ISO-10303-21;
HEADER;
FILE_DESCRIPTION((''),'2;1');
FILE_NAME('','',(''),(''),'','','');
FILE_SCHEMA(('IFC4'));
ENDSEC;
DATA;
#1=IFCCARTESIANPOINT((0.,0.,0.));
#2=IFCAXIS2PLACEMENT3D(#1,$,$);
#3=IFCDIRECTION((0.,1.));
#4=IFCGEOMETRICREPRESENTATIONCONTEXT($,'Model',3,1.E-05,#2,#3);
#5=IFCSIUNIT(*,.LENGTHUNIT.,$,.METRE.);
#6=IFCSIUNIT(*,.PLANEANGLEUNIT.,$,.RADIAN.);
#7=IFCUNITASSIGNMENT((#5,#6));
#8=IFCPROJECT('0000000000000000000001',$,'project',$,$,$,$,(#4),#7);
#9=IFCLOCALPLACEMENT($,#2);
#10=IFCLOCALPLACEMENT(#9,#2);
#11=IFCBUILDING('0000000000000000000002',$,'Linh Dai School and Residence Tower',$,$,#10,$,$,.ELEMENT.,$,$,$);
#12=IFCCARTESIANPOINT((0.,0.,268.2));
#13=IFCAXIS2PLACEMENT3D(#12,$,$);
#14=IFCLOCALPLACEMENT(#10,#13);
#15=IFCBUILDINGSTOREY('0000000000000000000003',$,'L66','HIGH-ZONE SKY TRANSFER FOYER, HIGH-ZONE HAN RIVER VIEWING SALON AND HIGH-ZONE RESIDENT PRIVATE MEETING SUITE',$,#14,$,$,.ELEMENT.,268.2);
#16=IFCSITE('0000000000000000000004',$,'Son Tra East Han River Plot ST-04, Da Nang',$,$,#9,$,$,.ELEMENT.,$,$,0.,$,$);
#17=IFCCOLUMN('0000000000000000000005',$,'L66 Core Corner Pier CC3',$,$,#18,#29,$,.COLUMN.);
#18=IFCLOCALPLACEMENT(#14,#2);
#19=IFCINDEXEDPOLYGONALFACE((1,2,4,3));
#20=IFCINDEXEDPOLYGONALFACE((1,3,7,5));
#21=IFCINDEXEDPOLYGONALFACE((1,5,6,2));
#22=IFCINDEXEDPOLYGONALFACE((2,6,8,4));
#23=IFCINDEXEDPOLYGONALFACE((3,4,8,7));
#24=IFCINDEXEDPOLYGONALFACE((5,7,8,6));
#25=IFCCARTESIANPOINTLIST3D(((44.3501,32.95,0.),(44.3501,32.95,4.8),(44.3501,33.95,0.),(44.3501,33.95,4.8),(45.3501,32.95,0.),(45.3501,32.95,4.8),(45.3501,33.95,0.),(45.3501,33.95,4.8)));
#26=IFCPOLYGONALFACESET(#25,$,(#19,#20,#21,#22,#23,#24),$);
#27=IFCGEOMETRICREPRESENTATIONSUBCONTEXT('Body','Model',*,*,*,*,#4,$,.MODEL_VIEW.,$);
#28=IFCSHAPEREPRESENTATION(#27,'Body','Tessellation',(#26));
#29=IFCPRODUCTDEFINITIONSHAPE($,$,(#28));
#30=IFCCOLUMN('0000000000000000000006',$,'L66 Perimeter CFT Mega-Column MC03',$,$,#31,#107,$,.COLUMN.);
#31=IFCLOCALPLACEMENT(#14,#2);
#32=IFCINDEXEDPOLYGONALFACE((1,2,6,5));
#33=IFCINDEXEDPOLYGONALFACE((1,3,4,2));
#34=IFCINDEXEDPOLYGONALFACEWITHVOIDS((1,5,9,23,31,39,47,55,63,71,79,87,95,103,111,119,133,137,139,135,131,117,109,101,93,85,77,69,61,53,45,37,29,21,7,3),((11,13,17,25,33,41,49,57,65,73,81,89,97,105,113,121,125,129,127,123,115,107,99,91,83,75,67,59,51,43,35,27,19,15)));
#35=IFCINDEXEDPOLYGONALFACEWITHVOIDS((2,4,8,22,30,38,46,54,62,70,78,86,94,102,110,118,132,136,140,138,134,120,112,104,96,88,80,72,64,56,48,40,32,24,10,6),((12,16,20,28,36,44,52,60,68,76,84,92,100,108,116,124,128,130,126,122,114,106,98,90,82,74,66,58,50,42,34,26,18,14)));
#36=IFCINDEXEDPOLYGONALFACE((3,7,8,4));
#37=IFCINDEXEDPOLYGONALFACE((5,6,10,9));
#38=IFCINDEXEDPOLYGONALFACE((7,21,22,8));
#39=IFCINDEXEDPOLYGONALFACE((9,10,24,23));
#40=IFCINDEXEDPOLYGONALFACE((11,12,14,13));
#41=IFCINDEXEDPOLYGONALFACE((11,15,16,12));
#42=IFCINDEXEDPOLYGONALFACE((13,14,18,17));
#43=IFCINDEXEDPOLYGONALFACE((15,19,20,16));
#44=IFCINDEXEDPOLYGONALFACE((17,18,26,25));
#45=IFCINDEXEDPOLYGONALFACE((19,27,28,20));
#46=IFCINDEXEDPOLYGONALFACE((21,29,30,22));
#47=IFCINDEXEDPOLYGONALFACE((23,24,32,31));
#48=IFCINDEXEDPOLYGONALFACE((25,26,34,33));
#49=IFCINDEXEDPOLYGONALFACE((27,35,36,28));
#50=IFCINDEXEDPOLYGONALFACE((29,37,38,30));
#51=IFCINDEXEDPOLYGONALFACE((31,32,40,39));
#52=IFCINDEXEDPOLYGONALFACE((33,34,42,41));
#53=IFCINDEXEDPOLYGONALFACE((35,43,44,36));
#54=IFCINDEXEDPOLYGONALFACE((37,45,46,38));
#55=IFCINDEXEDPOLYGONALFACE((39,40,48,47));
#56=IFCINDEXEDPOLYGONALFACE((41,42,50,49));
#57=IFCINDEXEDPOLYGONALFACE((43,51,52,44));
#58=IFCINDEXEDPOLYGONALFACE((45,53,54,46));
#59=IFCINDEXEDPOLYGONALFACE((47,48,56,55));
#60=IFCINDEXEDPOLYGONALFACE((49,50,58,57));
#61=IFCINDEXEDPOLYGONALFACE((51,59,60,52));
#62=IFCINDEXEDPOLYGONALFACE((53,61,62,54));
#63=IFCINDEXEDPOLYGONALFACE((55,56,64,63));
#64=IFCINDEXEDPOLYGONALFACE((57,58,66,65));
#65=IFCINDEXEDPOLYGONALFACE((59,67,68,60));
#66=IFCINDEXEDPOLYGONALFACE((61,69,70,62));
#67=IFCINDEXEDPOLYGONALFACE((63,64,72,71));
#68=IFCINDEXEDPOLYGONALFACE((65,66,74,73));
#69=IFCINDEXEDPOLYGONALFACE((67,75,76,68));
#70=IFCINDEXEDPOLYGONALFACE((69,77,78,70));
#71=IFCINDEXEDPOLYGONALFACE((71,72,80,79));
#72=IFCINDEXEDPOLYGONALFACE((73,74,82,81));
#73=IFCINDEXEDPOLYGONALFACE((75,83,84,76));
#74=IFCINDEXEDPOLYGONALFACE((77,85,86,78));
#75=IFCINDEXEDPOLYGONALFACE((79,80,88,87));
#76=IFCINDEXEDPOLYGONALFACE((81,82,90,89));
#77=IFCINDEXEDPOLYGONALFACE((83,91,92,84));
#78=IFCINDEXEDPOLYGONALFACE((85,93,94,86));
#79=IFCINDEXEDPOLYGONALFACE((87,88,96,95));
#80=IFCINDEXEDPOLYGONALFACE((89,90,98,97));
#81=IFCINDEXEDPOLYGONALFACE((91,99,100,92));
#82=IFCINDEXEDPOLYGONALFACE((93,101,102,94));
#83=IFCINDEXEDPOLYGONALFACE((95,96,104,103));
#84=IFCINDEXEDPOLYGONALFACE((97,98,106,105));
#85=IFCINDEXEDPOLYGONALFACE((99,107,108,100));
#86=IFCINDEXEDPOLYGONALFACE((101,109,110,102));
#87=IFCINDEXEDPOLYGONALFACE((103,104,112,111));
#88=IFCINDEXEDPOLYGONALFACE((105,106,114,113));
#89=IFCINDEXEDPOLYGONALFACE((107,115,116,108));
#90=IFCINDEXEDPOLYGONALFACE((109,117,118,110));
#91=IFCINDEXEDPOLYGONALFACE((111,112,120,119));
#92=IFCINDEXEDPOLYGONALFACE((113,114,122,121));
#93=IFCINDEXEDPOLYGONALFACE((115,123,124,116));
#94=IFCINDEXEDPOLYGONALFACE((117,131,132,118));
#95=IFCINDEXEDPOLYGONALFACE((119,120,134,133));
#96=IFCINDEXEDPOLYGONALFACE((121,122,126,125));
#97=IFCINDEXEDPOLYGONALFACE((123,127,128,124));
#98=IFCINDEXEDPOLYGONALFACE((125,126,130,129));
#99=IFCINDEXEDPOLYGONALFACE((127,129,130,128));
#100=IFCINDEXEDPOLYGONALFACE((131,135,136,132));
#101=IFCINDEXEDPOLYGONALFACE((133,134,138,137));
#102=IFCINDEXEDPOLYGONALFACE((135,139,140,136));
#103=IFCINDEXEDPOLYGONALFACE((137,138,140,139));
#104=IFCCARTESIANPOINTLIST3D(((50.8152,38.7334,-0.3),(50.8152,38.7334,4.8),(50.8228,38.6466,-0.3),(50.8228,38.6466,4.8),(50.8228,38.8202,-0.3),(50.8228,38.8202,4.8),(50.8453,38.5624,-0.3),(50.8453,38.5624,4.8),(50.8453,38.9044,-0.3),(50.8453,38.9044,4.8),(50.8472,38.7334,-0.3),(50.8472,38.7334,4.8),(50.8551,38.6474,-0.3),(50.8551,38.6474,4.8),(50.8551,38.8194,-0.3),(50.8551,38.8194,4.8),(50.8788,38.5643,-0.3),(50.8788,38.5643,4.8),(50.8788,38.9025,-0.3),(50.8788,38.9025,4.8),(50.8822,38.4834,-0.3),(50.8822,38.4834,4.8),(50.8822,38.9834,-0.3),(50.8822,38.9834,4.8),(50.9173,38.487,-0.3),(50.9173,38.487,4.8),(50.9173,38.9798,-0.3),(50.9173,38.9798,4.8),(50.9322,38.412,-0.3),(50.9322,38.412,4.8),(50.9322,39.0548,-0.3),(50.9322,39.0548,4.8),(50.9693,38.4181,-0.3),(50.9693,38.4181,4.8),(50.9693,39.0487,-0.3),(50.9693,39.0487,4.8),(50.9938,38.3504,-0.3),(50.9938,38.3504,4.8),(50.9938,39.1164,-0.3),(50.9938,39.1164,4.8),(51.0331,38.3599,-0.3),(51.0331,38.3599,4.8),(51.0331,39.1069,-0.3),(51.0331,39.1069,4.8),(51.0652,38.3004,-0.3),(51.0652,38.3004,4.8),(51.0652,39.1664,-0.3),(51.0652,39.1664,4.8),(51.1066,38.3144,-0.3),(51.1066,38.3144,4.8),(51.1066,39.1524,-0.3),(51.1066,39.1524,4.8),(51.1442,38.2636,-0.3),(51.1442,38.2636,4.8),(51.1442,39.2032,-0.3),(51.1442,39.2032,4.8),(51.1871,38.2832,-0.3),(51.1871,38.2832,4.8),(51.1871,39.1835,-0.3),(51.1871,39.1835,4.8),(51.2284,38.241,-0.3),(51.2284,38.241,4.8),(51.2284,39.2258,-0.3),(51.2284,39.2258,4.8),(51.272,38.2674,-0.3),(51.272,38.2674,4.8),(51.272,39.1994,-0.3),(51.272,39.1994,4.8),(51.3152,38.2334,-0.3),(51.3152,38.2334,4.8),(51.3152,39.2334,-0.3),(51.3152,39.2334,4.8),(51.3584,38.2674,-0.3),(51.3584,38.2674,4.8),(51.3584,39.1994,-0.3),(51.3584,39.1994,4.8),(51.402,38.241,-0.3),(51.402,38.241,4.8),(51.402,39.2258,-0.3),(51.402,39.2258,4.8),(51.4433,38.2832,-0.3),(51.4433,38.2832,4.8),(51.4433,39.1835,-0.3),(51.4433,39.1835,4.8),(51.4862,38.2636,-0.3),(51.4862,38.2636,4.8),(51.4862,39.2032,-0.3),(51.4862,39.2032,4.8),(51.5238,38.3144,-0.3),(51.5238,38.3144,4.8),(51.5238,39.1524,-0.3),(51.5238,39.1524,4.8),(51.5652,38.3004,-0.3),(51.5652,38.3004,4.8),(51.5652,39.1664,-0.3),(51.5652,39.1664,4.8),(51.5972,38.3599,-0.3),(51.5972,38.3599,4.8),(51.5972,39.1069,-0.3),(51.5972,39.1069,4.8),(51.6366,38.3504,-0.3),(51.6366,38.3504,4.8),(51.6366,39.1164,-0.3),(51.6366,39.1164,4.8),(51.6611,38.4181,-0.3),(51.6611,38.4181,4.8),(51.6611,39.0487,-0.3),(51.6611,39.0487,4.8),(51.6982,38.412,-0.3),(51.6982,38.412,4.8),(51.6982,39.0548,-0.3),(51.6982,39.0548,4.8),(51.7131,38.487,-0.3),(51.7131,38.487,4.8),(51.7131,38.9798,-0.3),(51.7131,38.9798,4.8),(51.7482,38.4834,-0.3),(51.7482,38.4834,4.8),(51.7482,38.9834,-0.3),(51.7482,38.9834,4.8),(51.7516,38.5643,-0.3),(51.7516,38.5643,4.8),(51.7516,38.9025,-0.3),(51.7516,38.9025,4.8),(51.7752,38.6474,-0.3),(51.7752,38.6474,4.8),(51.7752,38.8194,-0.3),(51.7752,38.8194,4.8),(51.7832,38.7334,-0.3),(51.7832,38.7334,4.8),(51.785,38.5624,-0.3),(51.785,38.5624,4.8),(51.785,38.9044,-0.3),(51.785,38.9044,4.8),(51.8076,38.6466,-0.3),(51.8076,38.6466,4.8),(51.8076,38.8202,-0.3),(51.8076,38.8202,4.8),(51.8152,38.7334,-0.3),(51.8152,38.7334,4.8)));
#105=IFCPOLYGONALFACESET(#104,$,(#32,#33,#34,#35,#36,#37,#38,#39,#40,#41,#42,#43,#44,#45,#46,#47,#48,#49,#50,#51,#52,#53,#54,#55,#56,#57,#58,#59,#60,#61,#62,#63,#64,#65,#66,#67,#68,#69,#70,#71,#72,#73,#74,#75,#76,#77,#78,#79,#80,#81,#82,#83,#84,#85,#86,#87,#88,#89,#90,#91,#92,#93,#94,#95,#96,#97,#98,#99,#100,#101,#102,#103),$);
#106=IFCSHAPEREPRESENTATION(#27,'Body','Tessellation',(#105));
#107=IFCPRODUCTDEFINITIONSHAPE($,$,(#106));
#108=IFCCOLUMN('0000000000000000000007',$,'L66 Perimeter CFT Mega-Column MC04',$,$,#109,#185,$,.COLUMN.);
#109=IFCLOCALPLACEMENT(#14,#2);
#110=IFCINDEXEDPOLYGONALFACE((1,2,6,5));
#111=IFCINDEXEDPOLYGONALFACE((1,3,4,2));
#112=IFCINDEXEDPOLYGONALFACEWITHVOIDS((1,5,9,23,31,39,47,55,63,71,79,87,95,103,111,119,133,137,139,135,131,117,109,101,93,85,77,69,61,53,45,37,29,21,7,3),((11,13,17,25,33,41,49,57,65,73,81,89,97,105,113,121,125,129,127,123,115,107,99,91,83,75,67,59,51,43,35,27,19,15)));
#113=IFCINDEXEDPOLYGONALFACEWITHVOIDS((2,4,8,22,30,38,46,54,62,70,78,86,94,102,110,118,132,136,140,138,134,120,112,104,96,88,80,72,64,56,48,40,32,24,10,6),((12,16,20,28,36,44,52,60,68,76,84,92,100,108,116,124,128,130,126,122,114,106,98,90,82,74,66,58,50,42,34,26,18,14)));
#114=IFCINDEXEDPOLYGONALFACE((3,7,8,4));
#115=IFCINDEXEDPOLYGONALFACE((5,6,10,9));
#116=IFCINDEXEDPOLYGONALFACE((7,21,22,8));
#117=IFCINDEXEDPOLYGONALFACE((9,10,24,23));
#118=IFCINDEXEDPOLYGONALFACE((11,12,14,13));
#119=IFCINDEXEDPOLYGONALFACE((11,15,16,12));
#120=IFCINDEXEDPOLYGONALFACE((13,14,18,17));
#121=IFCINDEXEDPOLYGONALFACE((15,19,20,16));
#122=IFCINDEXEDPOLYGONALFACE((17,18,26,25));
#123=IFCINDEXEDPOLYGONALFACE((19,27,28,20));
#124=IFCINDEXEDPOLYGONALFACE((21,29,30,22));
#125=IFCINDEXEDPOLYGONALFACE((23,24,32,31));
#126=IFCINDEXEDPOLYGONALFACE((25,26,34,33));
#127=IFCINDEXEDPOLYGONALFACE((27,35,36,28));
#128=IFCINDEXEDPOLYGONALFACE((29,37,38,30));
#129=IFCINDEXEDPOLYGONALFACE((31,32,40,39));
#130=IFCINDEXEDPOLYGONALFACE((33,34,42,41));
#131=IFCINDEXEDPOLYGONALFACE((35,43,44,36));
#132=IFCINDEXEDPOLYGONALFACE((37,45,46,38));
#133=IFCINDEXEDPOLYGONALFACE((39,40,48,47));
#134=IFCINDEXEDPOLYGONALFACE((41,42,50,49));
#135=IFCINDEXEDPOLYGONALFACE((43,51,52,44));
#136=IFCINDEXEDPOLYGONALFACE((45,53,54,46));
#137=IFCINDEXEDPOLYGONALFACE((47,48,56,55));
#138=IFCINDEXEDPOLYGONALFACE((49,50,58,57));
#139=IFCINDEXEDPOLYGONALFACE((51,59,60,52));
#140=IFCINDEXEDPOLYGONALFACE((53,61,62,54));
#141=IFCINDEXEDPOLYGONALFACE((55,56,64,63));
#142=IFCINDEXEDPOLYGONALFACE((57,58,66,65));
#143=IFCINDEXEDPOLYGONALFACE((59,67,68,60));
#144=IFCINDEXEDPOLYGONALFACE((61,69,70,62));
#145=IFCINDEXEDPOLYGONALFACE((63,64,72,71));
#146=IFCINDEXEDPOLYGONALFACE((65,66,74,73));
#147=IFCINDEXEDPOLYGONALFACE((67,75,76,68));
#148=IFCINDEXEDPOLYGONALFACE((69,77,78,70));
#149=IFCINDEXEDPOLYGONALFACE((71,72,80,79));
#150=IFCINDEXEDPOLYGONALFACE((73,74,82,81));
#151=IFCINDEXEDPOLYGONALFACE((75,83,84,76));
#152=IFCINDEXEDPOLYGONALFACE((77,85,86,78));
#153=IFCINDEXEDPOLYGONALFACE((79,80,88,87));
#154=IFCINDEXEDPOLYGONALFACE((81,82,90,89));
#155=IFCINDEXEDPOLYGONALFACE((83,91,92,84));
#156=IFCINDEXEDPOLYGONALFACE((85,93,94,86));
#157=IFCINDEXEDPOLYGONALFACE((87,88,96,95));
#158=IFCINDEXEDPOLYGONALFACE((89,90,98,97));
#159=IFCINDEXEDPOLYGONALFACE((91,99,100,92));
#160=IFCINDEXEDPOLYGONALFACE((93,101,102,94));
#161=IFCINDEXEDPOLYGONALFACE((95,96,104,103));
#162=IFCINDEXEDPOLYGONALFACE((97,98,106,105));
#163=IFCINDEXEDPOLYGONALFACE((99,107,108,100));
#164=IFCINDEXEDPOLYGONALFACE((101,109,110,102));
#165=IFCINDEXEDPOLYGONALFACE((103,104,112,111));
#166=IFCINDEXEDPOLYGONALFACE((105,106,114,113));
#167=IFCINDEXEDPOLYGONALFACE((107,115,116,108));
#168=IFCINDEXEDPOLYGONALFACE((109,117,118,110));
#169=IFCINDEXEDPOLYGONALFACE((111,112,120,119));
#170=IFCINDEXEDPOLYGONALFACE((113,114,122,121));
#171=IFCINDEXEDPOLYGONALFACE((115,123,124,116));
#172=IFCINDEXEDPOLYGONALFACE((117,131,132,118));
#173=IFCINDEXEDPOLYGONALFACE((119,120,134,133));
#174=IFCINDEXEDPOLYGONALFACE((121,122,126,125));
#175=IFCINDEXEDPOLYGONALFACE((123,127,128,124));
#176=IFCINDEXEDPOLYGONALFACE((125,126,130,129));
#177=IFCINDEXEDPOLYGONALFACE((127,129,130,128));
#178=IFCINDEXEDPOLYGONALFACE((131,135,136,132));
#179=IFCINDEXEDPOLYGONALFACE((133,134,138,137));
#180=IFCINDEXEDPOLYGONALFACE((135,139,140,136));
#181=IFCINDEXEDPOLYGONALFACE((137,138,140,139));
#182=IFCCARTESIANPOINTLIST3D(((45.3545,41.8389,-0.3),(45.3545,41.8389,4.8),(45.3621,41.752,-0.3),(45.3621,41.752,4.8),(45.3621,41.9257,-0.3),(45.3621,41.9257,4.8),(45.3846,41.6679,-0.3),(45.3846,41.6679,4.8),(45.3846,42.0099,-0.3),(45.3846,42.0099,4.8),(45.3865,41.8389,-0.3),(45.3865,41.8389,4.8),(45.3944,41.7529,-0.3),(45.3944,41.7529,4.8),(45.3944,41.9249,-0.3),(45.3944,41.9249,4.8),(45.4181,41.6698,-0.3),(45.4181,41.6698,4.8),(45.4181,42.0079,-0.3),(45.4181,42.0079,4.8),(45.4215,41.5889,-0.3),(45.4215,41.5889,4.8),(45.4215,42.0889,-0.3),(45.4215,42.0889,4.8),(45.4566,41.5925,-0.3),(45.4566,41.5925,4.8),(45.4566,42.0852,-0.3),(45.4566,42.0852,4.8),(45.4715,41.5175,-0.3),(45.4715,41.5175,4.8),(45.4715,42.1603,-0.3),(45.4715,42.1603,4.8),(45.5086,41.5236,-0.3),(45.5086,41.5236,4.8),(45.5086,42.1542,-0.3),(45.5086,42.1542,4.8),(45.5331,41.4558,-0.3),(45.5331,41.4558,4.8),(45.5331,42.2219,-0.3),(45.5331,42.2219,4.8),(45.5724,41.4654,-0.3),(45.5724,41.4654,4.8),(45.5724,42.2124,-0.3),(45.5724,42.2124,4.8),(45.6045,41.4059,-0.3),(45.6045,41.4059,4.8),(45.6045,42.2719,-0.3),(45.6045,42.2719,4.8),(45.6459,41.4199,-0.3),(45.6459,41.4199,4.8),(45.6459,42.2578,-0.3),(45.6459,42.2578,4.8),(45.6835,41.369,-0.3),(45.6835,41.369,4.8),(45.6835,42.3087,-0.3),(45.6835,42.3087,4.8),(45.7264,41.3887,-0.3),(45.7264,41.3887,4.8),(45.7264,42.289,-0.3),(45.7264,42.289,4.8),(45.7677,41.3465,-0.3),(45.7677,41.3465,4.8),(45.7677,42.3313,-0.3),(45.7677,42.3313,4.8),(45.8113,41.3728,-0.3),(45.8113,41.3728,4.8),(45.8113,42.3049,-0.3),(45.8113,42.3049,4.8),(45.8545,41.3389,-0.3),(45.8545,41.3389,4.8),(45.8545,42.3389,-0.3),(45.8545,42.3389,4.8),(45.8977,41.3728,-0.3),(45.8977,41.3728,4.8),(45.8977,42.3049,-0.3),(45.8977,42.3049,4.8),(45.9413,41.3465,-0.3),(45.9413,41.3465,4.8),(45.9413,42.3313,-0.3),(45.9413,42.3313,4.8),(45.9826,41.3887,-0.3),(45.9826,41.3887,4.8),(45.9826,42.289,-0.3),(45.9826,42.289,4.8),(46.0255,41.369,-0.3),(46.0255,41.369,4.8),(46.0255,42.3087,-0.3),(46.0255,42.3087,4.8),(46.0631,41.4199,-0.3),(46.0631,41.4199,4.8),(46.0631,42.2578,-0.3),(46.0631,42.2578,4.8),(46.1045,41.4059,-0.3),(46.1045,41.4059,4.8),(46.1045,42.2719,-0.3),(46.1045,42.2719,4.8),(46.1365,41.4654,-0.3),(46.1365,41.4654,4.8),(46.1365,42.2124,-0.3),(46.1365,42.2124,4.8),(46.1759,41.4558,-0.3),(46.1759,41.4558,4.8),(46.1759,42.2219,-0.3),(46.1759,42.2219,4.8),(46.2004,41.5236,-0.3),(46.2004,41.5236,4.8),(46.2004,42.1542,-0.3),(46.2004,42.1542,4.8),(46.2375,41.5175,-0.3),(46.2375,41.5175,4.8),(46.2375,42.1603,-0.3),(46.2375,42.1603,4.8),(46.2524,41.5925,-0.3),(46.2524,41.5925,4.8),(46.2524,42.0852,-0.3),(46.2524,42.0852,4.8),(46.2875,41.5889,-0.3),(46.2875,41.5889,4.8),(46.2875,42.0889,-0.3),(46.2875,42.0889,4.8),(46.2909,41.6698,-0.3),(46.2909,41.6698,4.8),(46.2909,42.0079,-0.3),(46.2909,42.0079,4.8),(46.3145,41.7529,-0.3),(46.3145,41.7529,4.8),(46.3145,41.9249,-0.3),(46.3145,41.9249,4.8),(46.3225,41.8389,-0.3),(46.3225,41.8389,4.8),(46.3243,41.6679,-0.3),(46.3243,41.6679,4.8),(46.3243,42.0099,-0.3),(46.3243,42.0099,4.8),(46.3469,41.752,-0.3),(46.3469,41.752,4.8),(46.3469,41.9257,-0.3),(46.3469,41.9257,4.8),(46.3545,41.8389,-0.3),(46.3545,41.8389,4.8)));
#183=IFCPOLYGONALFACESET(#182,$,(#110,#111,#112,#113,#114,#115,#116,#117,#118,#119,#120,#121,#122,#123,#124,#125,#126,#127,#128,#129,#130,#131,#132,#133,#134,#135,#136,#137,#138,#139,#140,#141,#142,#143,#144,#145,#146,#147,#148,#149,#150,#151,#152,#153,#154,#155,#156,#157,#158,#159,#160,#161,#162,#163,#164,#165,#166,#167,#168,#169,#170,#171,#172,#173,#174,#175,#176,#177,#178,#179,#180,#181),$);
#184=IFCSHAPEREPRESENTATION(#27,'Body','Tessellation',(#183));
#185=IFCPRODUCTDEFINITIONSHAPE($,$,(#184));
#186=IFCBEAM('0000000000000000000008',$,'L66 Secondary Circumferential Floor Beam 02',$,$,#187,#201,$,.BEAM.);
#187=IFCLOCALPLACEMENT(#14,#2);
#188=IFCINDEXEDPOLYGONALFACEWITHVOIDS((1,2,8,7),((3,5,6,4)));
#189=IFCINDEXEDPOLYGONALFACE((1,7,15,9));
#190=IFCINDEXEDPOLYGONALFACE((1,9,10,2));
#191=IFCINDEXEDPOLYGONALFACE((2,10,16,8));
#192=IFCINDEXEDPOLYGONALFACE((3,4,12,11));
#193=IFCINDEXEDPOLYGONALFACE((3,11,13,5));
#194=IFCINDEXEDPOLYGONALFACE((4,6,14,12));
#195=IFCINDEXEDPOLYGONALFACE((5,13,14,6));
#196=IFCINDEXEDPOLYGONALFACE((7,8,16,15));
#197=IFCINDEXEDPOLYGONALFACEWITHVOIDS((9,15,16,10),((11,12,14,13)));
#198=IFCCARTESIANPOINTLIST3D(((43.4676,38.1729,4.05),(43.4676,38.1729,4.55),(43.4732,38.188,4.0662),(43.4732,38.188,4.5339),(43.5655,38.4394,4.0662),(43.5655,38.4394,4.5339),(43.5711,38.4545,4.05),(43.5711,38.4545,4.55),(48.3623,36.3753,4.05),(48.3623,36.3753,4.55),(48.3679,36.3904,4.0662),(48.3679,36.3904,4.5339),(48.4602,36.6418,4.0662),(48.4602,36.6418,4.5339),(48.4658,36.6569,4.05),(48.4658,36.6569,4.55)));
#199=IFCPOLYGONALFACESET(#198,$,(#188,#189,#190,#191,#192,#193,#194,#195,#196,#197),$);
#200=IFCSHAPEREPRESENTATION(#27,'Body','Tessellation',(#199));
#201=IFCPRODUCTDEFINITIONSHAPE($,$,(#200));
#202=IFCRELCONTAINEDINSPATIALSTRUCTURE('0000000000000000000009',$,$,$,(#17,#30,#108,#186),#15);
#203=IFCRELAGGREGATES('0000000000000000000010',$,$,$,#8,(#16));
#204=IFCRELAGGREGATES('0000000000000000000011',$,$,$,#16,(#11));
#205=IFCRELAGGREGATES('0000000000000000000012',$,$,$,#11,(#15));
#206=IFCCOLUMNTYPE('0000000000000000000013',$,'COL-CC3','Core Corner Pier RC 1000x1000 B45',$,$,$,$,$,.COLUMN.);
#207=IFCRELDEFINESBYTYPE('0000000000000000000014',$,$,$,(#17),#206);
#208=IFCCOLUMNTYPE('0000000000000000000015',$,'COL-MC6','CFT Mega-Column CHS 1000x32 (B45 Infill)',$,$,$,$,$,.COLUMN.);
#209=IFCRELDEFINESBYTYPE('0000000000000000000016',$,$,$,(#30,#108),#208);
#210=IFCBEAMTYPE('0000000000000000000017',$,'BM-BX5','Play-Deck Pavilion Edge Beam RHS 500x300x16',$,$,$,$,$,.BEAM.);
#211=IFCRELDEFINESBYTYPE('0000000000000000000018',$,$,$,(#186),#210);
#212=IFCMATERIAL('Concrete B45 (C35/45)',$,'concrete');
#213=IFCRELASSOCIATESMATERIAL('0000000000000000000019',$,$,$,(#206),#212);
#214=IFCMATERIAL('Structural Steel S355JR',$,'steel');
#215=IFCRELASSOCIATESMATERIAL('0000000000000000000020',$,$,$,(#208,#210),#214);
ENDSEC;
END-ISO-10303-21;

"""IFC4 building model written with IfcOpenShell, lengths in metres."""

from ifc_helpers import new_model, si_unit, direction, frame, origin, origin_2d, place, context, subcontext, project, spatial, rectangle, hollow_rectangle, hollow_circle, extrude, material, material_profile, profile_set, type_object, element, save


model = new_model("IFC4")

# Units and contexts
model_context = context("Model", 3, precision=1e-05, world=origin(), true_north=direction((0.0, 1.0)))
body_context = subcontext(model_context, "Body", "Model", "MODEL_VIEW")
ifc_project = project(units=[si_unit("LENGTHUNIT", "METRE"), si_unit("PLANEANGLEUNIT", "RADIAN")], contexts=[model_context])

# Site, building, storey
site_placement = place(None, origin())
site = spatial("IfcSite", under=ifc_project, at=site_placement, Name="Son Tra East Han River Plot ST-04, Da Nang", CompositionType="ELEMENT", RefElevation=0.0)
building_placement = place(site_placement, origin())
building = spatial("IfcBuilding", under=site, at=building_placement, Name="Linh Dai School and Residence Tower", CompositionType="ELEMENT")
storey_placement = place(building_placement, frame((0.0, 0.0, 268.2)))
storey = spatial("IfcBuildingStorey", under=building, at=storey_placement, Name="L66", Description="HIGH-ZONE SKY TRANSFER FOYER, HIGH-ZONE HAN RIVER VIEWING SALON AND HIGH-ZONE RESIDENT PRIVATE MEETING SUITE", CompositionType="ELEMENT", Elevation=268.2)

# Columns
ifc_material_1 = material(Name="Concrete B45 (C35/45)", Category="concrete")
ifc_material_profile_1 = material_profile(ifc_material_1, rectangle(XDim=1.0, YDim=1.0, at=origin_2d()), Name="RC 1000x1000")
ifc_profile_set_1 = profile_set([ifc_material_profile_1], Name="Concrete B45 (C35/45)")
column_type_1 = type_object("IfcColumnType", Name="COL-CC3", Description="Core Corner Pier RC 1000x1000 B45", PredefinedType="COLUMN", material=ifc_profile_set_1)
column_placement = place(storey_placement, frame((44.8501, 33.45, 0.0), z_axis=(0.0, 0.0, 1.0), x_axis=(1.0, 0.0, 0.0)))
element("IfcColumn", 1, at=column_placement, inside=storey, type_object=column_type_1, Name="L66 Core Corner Pier CC3", PredefinedType="COLUMN", context=body_context, shape_type="SweptSolid", body=[
    extrude(rectangle(XDim=1.0, YDim=1.0, at=origin_2d()), origin(), (0.0, 0.0, 1.0), 4.8),
])
ifc_material_2 = material(Name="Structural Steel S355JR", Category="steel")
ifc_material_profile_2 = material_profile(ifc_material_2, hollow_circle(Radius=0.5, WallThickness=0.032, at=origin_2d()), Name="CHS 1000x32")
ifc_profile_set_2 = profile_set([ifc_material_profile_2], Name="Structural Steel S355JR")
column_type_2 = type_object("IfcColumnType", Name="COL-MC6", Description="CFT Mega-Column CHS 1000x32 (B45 Infill)", PredefinedType="COLUMN", material=ifc_profile_set_2)
for number, where, z_axis, x_axis, name in (
    (2, (51.3152, 38.7334, -0.3), (0.0, 0.0, 1.0), (1.0, 0.0, 0.0), "L66 Perimeter CFT Mega-Column MC03"),
    (3, (45.8545, 41.8389, -0.3), (0.0, 0.0, 1.0), (1.0, 0.0, 0.0), "L66 Perimeter CFT Mega-Column MC04"),
):
    element("IfcColumn", number, at=place(storey_placement, frame(where, z_axis=z_axis, x_axis=x_axis)), inside=storey, type_object=column_type_2, Name=name, PredefinedType="COLUMN", context=body_context, shape_type="SweptSolid", body=[
        extrude(hollow_circle(Radius=0.5, WallThickness=0.032, at=origin_2d()), origin(), (0.0, 0.0, 1.0), 5.1001),
    ])

# Beam
ifc_material_profile_3 = material_profile(ifc_material_2, hollow_rectangle(XDim=0.3, YDim=0.5, WallThickness=0.0161, at=origin_2d()), Name="RHS 500x300x16")
ifc_profile_set_3 = profile_set([ifc_material_profile_3], Name="Structural Steel S355JR")
beam_type_1 = type_object("IfcBeamType", Name="BM-BX5", Description="Play-Deck Pavilion Edge Beam RHS 500x300x16", PredefinedType="BEAM", material=ifc_profile_set_3)
beam_1_placement = place(storey_placement, frame((48.4141, 36.5161, 4.3), z_axis=(-0.938699, 0.344737, 0.0), x_axis=(-0.344737, -0.938699, 0.0)))
element("IfcBeam", 4, at=beam_1_placement, inside=storey, type_object=beam_type_1, Name="L66 Secondary Circumferential Floor Beam 02", PredefinedType="BEAM", context=body_context, shape_type="SweptSolid", body=[
    extrude(hollow_rectangle(XDim=0.3, YDim=0.5, WallThickness=0.0161, at=origin_2d()), origin(), (0.0, 0.0, 1.0), 5.2144),
])

save(model, "model.ifc")
